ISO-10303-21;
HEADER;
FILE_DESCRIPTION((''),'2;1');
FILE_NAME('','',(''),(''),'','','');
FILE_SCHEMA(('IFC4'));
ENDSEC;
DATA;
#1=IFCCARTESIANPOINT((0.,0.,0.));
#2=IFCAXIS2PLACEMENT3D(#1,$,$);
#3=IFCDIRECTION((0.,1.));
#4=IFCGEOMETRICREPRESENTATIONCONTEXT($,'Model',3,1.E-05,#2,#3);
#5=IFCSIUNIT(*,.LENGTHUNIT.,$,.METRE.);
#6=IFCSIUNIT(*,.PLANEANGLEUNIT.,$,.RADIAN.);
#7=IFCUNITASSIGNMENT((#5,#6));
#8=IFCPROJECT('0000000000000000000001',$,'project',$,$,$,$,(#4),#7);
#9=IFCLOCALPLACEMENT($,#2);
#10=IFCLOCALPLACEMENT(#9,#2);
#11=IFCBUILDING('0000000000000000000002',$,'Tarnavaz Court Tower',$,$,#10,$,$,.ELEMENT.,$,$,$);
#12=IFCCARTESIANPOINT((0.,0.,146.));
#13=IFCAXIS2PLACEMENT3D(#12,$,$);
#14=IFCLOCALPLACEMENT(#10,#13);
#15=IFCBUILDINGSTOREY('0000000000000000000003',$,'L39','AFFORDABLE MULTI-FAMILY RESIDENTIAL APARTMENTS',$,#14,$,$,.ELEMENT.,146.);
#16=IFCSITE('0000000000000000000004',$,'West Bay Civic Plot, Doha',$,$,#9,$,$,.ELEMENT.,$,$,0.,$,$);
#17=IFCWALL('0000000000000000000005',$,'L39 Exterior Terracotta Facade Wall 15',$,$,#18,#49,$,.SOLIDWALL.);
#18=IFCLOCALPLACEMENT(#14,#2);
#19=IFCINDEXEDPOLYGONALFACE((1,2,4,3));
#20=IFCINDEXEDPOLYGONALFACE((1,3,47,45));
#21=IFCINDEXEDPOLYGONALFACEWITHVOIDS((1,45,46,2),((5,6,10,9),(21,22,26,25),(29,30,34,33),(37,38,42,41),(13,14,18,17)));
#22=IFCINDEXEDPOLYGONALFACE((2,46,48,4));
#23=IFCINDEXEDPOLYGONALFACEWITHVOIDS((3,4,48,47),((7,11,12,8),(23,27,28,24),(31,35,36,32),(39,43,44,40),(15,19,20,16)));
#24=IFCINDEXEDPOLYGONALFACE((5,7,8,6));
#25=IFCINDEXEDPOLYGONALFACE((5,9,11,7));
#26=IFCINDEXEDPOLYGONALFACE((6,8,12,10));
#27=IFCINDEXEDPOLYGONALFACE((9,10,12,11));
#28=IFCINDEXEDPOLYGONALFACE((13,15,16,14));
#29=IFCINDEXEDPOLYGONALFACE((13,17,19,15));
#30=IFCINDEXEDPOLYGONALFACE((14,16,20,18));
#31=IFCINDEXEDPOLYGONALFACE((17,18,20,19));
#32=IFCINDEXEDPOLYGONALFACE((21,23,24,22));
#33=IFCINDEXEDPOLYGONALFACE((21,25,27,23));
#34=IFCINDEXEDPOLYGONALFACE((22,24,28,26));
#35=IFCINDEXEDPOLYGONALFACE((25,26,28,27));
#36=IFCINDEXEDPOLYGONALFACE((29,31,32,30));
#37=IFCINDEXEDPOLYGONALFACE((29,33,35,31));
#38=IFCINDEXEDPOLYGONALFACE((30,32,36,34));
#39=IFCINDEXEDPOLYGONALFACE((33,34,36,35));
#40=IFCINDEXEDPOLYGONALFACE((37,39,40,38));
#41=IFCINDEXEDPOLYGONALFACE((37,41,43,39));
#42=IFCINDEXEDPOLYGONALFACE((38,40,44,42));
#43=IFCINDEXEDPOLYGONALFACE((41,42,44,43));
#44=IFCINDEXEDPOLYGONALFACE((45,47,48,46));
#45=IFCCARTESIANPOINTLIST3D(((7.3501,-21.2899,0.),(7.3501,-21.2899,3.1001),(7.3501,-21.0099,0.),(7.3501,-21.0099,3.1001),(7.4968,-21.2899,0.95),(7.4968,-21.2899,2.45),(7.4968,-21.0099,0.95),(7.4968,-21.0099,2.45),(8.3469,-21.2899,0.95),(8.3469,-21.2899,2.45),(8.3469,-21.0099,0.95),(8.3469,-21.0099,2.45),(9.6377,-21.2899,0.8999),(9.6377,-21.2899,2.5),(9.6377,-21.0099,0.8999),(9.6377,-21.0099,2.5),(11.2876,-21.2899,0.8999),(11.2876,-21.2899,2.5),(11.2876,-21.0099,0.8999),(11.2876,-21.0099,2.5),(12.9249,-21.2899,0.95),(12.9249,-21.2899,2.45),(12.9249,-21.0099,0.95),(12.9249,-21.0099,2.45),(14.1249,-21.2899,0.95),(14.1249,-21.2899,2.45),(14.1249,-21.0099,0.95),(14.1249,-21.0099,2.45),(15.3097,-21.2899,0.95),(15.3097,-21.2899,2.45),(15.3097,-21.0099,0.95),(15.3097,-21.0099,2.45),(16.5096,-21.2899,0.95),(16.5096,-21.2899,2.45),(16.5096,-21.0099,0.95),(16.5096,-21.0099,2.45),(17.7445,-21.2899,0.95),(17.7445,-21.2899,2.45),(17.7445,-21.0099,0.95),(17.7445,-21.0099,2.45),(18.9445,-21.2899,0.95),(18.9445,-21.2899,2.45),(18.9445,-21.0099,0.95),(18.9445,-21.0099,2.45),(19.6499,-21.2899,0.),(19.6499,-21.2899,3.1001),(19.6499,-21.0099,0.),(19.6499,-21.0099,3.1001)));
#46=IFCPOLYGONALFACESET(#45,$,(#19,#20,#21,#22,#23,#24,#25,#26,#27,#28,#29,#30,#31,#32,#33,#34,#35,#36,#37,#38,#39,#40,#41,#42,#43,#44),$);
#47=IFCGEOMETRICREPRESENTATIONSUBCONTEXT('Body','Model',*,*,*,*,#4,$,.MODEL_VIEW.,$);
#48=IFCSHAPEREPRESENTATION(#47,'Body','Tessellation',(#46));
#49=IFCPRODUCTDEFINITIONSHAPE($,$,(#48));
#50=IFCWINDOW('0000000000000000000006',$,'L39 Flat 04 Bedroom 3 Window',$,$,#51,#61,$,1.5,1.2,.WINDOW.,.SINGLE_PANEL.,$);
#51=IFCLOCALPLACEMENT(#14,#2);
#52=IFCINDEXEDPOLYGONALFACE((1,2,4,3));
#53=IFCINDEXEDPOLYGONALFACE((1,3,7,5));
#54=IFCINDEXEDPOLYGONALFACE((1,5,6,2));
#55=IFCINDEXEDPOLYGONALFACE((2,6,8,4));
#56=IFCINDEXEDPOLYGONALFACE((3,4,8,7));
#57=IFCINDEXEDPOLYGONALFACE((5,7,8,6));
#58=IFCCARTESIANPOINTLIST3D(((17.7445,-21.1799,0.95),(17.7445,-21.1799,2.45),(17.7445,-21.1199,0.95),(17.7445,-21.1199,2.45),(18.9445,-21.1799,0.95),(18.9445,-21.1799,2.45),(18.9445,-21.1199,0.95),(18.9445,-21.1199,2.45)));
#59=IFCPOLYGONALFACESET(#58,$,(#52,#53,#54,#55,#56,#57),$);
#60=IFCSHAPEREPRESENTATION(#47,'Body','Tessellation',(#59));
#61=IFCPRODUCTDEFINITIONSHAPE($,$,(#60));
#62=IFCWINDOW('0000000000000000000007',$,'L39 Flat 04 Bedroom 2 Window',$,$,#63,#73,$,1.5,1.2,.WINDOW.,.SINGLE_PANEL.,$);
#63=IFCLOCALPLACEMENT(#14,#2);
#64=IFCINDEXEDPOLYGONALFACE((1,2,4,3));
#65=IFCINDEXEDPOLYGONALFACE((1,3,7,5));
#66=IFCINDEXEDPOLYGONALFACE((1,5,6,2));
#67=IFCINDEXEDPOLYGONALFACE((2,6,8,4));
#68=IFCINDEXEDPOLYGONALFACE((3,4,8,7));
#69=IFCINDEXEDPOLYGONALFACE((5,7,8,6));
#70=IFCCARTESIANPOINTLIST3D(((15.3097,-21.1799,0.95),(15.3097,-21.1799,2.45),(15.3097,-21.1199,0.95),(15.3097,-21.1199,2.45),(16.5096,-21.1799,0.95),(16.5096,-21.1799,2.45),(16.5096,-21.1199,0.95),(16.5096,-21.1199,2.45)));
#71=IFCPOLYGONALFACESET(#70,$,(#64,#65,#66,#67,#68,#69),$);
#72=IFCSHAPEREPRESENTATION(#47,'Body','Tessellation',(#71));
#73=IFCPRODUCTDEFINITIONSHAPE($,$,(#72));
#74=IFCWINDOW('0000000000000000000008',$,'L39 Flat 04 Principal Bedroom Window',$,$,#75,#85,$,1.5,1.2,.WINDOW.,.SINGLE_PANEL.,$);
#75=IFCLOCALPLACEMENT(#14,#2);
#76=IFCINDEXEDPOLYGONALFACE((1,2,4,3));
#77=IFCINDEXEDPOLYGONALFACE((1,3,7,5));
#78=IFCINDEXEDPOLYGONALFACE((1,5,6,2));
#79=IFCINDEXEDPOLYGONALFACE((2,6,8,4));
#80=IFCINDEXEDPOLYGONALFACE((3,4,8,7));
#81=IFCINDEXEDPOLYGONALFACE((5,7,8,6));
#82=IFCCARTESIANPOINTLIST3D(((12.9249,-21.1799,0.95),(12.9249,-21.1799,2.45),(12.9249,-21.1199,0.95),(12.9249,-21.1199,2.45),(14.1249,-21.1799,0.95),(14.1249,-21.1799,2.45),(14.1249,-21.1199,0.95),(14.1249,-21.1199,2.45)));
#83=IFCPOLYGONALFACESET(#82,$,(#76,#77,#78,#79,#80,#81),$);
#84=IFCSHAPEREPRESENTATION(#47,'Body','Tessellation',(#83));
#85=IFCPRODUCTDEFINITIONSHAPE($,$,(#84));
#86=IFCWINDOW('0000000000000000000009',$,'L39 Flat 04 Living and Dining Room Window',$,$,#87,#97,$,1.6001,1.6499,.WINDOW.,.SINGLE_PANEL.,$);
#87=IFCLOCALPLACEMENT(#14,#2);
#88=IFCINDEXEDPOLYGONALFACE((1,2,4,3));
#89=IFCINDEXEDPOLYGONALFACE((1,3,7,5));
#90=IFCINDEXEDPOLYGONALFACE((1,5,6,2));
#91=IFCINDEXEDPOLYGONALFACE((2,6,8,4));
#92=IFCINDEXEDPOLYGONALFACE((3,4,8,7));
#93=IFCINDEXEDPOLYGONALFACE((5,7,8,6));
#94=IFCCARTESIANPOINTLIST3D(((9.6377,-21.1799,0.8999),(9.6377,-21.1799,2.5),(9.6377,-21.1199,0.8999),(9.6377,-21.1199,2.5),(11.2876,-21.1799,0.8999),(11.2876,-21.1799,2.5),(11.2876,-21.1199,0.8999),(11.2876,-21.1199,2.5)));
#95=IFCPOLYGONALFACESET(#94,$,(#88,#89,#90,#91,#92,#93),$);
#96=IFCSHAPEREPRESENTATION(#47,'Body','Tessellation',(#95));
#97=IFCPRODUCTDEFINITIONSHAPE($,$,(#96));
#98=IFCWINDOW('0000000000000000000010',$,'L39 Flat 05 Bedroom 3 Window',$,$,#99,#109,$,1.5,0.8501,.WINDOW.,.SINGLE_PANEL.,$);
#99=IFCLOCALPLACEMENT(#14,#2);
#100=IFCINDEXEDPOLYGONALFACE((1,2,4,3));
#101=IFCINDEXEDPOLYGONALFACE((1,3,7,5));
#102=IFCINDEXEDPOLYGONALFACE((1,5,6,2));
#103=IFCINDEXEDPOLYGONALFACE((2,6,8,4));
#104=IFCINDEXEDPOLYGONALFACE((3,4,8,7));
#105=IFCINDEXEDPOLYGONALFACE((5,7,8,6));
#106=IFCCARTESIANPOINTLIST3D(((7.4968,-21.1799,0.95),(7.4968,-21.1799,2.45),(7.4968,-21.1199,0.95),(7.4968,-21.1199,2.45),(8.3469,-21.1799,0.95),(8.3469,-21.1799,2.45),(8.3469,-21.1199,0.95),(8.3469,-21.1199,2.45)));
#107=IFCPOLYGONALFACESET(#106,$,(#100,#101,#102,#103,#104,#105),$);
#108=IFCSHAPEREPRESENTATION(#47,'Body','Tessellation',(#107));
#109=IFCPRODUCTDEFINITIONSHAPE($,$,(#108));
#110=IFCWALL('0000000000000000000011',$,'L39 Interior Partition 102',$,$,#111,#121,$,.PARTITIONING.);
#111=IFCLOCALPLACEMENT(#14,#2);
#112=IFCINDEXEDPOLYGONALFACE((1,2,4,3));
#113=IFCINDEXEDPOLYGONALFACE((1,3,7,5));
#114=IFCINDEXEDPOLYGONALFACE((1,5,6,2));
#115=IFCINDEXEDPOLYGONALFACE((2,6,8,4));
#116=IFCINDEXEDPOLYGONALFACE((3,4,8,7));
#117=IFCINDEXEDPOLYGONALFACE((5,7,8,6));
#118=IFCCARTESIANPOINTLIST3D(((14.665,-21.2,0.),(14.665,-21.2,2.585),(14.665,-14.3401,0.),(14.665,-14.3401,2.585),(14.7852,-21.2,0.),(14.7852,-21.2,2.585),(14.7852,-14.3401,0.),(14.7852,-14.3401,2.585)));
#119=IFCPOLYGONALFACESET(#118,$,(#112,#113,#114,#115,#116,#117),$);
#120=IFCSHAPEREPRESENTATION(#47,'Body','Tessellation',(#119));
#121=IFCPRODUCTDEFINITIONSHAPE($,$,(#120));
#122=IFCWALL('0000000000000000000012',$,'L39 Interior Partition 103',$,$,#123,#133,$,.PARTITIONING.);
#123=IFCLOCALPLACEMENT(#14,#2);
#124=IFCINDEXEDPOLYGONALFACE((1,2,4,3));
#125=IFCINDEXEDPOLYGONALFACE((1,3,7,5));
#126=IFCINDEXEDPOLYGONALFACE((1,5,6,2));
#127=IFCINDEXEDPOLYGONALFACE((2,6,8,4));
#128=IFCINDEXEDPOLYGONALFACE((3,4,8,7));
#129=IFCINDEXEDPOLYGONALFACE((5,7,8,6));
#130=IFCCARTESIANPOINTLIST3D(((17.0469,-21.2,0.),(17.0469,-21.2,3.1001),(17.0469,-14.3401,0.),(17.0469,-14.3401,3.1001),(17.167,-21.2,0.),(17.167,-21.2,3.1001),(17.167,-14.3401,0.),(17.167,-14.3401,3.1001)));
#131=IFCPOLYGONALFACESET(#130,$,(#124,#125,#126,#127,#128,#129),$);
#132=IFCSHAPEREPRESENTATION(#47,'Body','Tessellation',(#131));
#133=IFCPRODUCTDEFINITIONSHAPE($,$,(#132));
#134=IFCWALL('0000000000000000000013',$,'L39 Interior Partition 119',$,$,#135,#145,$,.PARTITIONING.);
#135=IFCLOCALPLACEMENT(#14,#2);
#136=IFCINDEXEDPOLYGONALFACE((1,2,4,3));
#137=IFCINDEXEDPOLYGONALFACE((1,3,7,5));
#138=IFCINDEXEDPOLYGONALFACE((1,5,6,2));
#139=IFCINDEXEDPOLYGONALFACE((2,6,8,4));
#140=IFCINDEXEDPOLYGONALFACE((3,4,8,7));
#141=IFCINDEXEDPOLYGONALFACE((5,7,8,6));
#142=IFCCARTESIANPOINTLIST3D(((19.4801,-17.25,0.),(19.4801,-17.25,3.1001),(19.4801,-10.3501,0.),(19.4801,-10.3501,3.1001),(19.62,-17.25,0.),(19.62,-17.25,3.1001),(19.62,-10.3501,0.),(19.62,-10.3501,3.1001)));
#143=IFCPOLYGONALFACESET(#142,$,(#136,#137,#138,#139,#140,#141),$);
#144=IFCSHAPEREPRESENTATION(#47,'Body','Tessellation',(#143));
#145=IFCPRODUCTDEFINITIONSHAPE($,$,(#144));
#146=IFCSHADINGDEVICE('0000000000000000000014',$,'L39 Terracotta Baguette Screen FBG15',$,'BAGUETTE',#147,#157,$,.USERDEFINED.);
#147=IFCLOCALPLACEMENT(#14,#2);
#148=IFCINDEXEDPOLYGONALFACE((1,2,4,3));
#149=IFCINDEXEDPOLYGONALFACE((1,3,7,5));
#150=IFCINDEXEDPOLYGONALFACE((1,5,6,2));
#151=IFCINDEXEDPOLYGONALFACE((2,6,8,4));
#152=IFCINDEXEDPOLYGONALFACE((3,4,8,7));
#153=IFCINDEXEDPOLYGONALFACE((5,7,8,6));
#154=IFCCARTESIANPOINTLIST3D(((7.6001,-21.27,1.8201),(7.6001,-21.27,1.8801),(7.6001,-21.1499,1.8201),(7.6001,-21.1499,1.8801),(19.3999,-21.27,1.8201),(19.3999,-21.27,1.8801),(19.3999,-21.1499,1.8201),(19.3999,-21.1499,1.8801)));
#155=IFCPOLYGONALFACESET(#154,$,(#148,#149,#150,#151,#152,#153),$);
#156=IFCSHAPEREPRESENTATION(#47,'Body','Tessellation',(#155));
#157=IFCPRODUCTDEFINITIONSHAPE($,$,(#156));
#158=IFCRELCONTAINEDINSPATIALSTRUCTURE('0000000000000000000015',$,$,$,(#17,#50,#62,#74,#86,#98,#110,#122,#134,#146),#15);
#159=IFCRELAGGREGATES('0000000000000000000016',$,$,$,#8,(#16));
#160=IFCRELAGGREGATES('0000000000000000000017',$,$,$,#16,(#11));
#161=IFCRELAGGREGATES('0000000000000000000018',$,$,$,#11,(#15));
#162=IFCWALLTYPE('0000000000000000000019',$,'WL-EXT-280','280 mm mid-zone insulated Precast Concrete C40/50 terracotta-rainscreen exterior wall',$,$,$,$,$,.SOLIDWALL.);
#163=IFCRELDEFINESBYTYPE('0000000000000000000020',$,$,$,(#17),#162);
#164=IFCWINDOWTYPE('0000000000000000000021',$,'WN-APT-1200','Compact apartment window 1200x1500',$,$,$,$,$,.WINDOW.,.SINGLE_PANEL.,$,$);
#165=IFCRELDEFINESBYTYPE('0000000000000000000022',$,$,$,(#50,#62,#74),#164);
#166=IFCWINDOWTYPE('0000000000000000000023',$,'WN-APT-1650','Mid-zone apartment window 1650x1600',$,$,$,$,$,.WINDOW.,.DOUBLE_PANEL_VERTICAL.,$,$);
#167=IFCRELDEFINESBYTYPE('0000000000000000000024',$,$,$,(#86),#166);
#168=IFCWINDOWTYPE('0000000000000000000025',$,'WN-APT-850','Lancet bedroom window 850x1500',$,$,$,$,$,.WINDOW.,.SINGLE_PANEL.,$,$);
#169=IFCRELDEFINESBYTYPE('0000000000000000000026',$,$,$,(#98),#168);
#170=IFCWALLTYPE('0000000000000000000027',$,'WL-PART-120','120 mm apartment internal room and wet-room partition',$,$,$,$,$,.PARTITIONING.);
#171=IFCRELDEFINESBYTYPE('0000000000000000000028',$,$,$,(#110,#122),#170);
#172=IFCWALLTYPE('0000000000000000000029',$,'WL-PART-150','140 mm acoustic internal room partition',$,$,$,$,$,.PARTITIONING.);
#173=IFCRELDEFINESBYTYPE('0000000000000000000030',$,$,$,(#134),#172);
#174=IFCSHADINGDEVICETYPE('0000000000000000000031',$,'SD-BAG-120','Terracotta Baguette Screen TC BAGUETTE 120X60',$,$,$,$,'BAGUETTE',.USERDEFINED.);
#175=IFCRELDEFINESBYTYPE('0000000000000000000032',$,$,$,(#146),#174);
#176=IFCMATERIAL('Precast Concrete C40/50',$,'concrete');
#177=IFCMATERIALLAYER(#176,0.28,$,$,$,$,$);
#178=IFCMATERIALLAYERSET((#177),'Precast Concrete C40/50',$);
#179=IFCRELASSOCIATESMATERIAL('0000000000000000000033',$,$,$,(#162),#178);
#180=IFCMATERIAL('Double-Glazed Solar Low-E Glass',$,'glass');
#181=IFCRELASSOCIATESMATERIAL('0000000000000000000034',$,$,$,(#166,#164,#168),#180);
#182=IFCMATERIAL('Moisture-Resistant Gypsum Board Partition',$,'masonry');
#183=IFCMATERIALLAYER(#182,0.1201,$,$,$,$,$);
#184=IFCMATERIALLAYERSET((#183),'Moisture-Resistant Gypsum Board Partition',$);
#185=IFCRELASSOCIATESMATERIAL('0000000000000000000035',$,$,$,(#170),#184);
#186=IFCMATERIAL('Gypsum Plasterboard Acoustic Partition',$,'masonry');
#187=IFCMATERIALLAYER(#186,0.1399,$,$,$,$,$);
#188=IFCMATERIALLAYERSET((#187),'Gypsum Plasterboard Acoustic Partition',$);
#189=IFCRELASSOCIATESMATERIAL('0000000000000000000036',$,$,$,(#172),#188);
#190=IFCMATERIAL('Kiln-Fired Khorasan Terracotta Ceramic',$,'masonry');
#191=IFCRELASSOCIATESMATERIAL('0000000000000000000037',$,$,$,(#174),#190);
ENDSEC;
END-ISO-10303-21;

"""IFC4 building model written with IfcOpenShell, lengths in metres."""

from ifc_helpers import new_model, si_unit, direction, frame, frame_2d, origin, origin_2d, place, context, subcontext, project, spatial, rectangle, extrude, material, layer, layer_set, material_profile, profile_set, type_object, element, fill, save


model = new_model("IFC4")

# Units and contexts
model_context = context("Model", 3, precision=1e-05, world=origin(), true_north=direction((0.0, 1.0)))
body_context = subcontext(model_context, "Body", "Model", "MODEL_VIEW")
ifc_project = project(units=[si_unit("LENGTHUNIT", "METRE"), si_unit("PLANEANGLEUNIT", "RADIAN")], contexts=[model_context])

# Site, building, storey
site_placement = place(None, origin())
site = spatial("IfcSite", under=ifc_project, at=site_placement, Name="West Bay Civic Plot, Doha", CompositionType="ELEMENT", RefElevation=0.0)
building_placement = place(site_placement, origin())
building = spatial("IfcBuilding", under=site, at=building_placement, Name="Tarnavaz Court Tower", CompositionType="ELEMENT")
storey_placement = place(building_placement, frame((0.0, 0.0, 146.0)))
storey = spatial("IfcBuildingStorey", under=building, at=storey_placement, Name="L39", Description="AFFORDABLE MULTI-FAMILY RESIDENTIAL APARTMENTS", CompositionType="ELEMENT", Elevation=146.0)

# Shared definitions
ifc_material_1 = material(Name="Precast Concrete C40/50", Category="concrete")
ifc_layer_1 = layer(ifc_material_1, 0.28)
ifc_layer_set_1 = layer_set([ifc_layer_1], Name="Precast Concrete C40/50")
wall_type_1 = type_object("IfcWallType", Name="WL-EXT-280", Description="280 mm mid-zone insulated Precast Concrete C40/50 terracotta-rainscreen exterior wall", PredefinedType="SOLIDWALL", material=ifc_layer_set_1)
ifc_material_2 = material(Name="Double-Glazed Solar Low-E Glass", Category="glass")
window_type_1 = type_object("IfcWindowType", Name="WN-APT-1650", Description="Mid-zone apartment window 1650x1600", PartitioningType="DOUBLE_PANEL_VERTICAL", PredefinedType="WINDOW", material=ifc_material_2)

# Wall, openings, windows
wall_1_placement = place(storey_placement, frame((19.6499, -21.1499, 0.0), z_axis=(0.0, 0.0, 1.0), x_axis=(-1.0, 0.0, 0.0)))
wall_1 = element("IfcWall", 1, at=wall_1_placement, inside=storey, type_object=wall_type_1, Name="L39 Exterior Terracotta Facade Wall 15", PredefinedType="SOLIDWALL", context=body_context, shape_type="SweptSolid", body=[
    extrude(rectangle(XDim=12.2998, YDim=0.28, at=frame_2d((6.1499, 0.0))), origin(), (0.0, 0.0, 1.0), 3.1001),
])
opening_1_placement = place(wall_1_placement, frame((0.7053, 0.0, 0.95)))
opening_1 = element("IfcOpeningElement", 2, at=opening_1_placement, cuts=wall_1, PredefinedType="OPENING", context=body_context, shape_type="SweptSolid", body=[
    extrude(rectangle(XDim=1.2, YDim=1.5, at=frame_2d((0.6001, 0.75))), frame((0.0, 0.1499, 0.0), z_axis=(0.0, -1.0, 0.0), x_axis=(1.0, 0.0, 0.0)), (0.0, 0.0, 1.0), 0.3),
])
opening_2_placement = place(wall_1_placement, frame((3.1401, 0.0, 0.95)))
opening_2 = element("IfcOpeningElement", 3, at=opening_2_placement, cuts=wall_1, PredefinedType="OPENING", context=body_context, shape_type="SweptSolid", body=[
    extrude(rectangle(XDim=1.2, YDim=1.5, at=frame_2d((0.6001, 0.75))), frame((0.0, 0.1499, 0.0), z_axis=(0.0, -1.0, 0.0), x_axis=(1.0, 0.0, 0.0)), (0.0, 0.0, 1.0), 0.3),
])
opening_3_placement = place(wall_1_placement, frame((5.5249, 0.0, 0.95)))
opening_3 = element("IfcOpeningElement", 4, at=opening_3_placement, cuts=wall_1, PredefinedType="OPENING", context=body_context, shape_type="SweptSolid", body=[
    extrude(rectangle(XDim=1.2, YDim=1.5, at=frame_2d((0.6001, 0.75))), frame((0.0, 0.1499, 0.0), z_axis=(0.0, -1.0, 0.0), x_axis=(1.0, 0.0, 0.0)), (0.0, 0.0, 1.0), 0.3),
])
opening_4_placement = place(wall_1_placement, frame((8.3623, 0.0, 0.8999)))
opening_4 = element("IfcOpeningElement", 5, at=opening_4_placement, cuts=wall_1, PredefinedType="OPENING", context=body_context, shape_type="SweptSolid", body=[
    extrude(rectangle(XDim=1.6499, YDim=1.6001, at=frame_2d((0.825, 0.8))), frame((0.0, 0.1499, 0.0), z_axis=(0.0, -1.0, 0.0), x_axis=(1.0, 0.0, 0.0)), (0.0, 0.0, 1.0), 0.3),
])
opening_5_placement = place(wall_1_placement, frame((11.303, 0.0, 0.95)))
opening_5 = element("IfcOpeningElement", 6, at=opening_5_placement, cuts=wall_1, PredefinedType="OPENING", context=body_context, shape_type="SweptSolid", body=[
    extrude(rectangle(XDim=0.8501, YDim=1.5, at=frame_2d((0.425, 0.75))), frame((0.0, 0.1499, 0.0), z_axis=(0.0, -1.0, 0.0), x_axis=(1.0, 0.0, 0.0)), (0.0, 0.0, 1.0), 0.3),
])
window_type_2 = type_object("IfcWindowType", Name="WN-APT-1200", Description="Compact apartment window 1200x1500", PartitioningType="SINGLE_PANEL", PredefinedType="WINDOW", material=ifc_material_2)
window_1_placement = place(opening_1_placement, origin())
window_1 = element("IfcWindow", 7, at=window_1_placement, inside=storey, type_object=window_type_2, Name="L39 Flat 04 Bedroom 3 Window", OverallHeight=1.5, OverallWidth=1.2, PartitioningType="SINGLE_PANEL", PredefinedType="WINDOW", context=body_context, shape_type="SweptSolid", body=[
    extrude(rectangle(XDim=1.2, YDim=1.5, at=frame_2d((0.6001, 0.75))), frame((0.0, 0.03, 0.0), z_axis=(0.0, -1.0, 0.0), x_axis=(1.0, 0.0, 0.0)), (0.0, 0.0, 1.0), 0.0601),
])
fill(opening_1, window_1)
window_2_placement = place(opening_2_placement, origin())
window_2 = element("IfcWindow", 8, at=window_2_placement, inside=storey, type_object=window_type_2, Name="L39 Flat 04 Bedroom 2 Window", OverallHeight=1.5, OverallWidth=1.2, PartitioningType="SINGLE_PANEL", PredefinedType="WINDOW", context=body_context, shape_type="SweptSolid", body=[
    extrude(rectangle(XDim=1.2, YDim=1.5, at=frame_2d((0.6001, 0.75))), frame((0.0, 0.03, 0.0), z_axis=(0.0, -1.0, 0.0), x_axis=(1.0, 0.0, 0.0)), (0.0, 0.0, 1.0), 0.0601),
])
fill(opening_2, window_2)
window_3_placement = place(opening_3_placement, origin())
window_3 = element("IfcWindow", 9, at=window_3_placement, inside=storey, type_object=window_type_2, Name="L39 Flat 04 Principal Bedroom Window", OverallHeight=1.5, OverallWidth=1.2, PartitioningType="SINGLE_PANEL", PredefinedType="WINDOW", context=body_context, shape_type="SweptSolid", body=[
    extrude(rectangle(XDim=1.2, YDim=1.5, at=frame_2d((0.6001, 0.75))), frame((0.0, 0.03, 0.0), z_axis=(0.0, -1.0, 0.0), x_axis=(1.0, 0.0, 0.0)), (0.0, 0.0, 1.0), 0.0601),
])
fill(opening_3, window_3)
window_4_placement = place(opening_4_placement, origin())
window_4 = element("IfcWindow", 10, at=window_4_placement, inside=storey, type_object=window_type_1, Name="L39 Flat 04 Living and Dining Room Window", OverallHeight=1.6001, OverallWidth=1.6499, PartitioningType="SINGLE_PANEL", PredefinedType="WINDOW", context=body_context, shape_type="SweptSolid", body=[
    extrude(rectangle(XDim=1.6499, YDim=1.6001, at=frame_2d((0.825, 0.8))), frame((0.0, 0.03, 0.0), z_axis=(0.0, -1.0, 0.0), x_axis=(1.0, 0.0, 0.0)), (0.0, 0.0, 1.0), 0.0601),
])
fill(opening_4, window_4)
window_type_3 = type_object("IfcWindowType", Name="WN-APT-850", Description="Lancet bedroom window 850x1500", PartitioningType="SINGLE_PANEL", PredefinedType="WINDOW", material=ifc_material_2)
window_5_placement = place(opening_5_placement, origin())
window_5 = element("IfcWindow", 11, at=window_5_placement, inside=storey, type_object=window_type_3, Name="L39 Flat 05 Bedroom 3 Window", OverallHeight=1.5, OverallWidth=0.8501, PartitioningType="SINGLE_PANEL", PredefinedType="WINDOW", context=body_context, shape_type="SweptSolid", body=[
    extrude(rectangle(XDim=0.8501, YDim=1.5, at=frame_2d((0.425, 0.75))), frame((0.0, 0.03, 0.0), z_axis=(0.0, -1.0, 0.0), x_axis=(1.0, 0.0, 0.0)), (0.0, 0.0, 1.0), 0.0601),
])
fill(opening_5, window_5)

# Walls
ifc_material_3 = material(Name="Moisture-Resistant Gypsum Board Partition", Category="masonry")
ifc_layer_2 = layer(ifc_material_3, 0.1201)
ifc_layer_set_2 = layer_set([ifc_layer_2], Name="Moisture-Resistant Gypsum Board Partition")
wall_type_2 = type_object("IfcWallType", Name="WL-PART-120", Description="120 mm apartment internal room and wet-room partition", PredefinedType="PARTITIONING", material=ifc_layer_set_2)
wall_2_placement = place(storey_placement, frame((14.7251, -21.2, 0.0), z_axis=(0.0, 0.0, 1.0), x_axis=(0.0, 1.0, 0.0)))
element("IfcWall", 12, at=wall_2_placement, inside=storey, type_object=wall_type_2, Name="L39 Interior Partition 102", PredefinedType="PARTITIONING", context=body_context, shape_type="SweptSolid", body=[
    extrude(rectangle(XDim=6.8599, YDim=0.1201, at=frame_2d((3.4299, 0.0))), origin(), (0.0, 0.0, 1.0), 2.585),
])
wall_3_placement = place(storey_placement, frame((17.1069, -21.2, 0.0), z_axis=(0.0, 0.0, 1.0), x_axis=(0.0, 1.0, 0.0)))
element("IfcWall", 13, at=wall_3_placement, inside=storey, type_object=wall_type_2, Name="L39 Interior Partition 103", PredefinedType="PARTITIONING", context=body_context, shape_type="SweptSolid", body=[
    extrude(rectangle(XDim=6.8599, YDim=0.1201, at=frame_2d((3.4299, 0.0))), origin(), (0.0, 0.0, 1.0), 3.1001),
])
ifc_material_4 = material(Name="Gypsum Plasterboard Acoustic Partition", Category="masonry")
ifc_layer_3 = layer(ifc_material_4, 0.1399)
ifc_layer_set_3 = layer_set([ifc_layer_3], Name="Gypsum Plasterboard Acoustic Partition")
wall_type_3 = type_object("IfcWallType", Name="WL-PART-150", Description="140 mm acoustic internal room partition", PredefinedType="PARTITIONING", material=ifc_layer_set_3)
wall_4_placement = place(storey_placement, frame((19.55, -17.25, 0.0), z_axis=(0.0, 0.0, 1.0), x_axis=(0.0, 1.0, 0.0)))
element("IfcWall", 14, at=wall_4_placement, inside=storey, type_object=wall_type_3, Name="L39 Interior Partition 119", PredefinedType="PARTITIONING", context=body_context, shape_type="SweptSolid", body=[
    extrude(rectangle(XDim=6.8999, YDim=0.1399, at=frame_2d((3.45, 0.0))), origin(), (0.0, 0.0, 1.0), 3.1001),
])

# Shading device
ifc_material_5 = material(Name="Kiln-Fired Khorasan Terracotta Ceramic", Category="masonry")
ifc_material_profile_1 = material_profile(ifc_material_5, rectangle(XDim=0.1201, YDim=0.0601, at=origin_2d()), Name="TC BAGUETTE 120X60")
ifc_profile_set_1 = profile_set([ifc_material_profile_1], Name="Kiln-Fired Khorasan Terracotta Ceramic")
shading_device_type = type_object("IfcShadingDeviceType", Name="SD-BAG-120", Description="Terracotta Baguette Screen TC BAGUETTE 120X60", ElementType="BAGUETTE", PredefinedType="USERDEFINED", material=ifc_profile_set_1)
shading_device_placement = place(storey_placement, frame((19.3999, -21.21, 1.8501), z_axis=(-1.0, 0.0, 0.0), x_axis=(0.0, -1.0, 0.0)))
element("IfcShadingDevice", 15, at=shading_device_placement, inside=storey, type_object=shading_device_type, Name="L39 Terracotta Baguette Screen FBG15", ObjectType="BAGUETTE", PredefinedType="USERDEFINED", context=body_context, shape_type="SweptSolid", body=[
    extrude(rectangle(XDim=0.1201, YDim=0.0601, at=origin_2d()), origin(), (0.0, 0.0, 1.0), 11.7998),
])

save(model, "model.ifc")
